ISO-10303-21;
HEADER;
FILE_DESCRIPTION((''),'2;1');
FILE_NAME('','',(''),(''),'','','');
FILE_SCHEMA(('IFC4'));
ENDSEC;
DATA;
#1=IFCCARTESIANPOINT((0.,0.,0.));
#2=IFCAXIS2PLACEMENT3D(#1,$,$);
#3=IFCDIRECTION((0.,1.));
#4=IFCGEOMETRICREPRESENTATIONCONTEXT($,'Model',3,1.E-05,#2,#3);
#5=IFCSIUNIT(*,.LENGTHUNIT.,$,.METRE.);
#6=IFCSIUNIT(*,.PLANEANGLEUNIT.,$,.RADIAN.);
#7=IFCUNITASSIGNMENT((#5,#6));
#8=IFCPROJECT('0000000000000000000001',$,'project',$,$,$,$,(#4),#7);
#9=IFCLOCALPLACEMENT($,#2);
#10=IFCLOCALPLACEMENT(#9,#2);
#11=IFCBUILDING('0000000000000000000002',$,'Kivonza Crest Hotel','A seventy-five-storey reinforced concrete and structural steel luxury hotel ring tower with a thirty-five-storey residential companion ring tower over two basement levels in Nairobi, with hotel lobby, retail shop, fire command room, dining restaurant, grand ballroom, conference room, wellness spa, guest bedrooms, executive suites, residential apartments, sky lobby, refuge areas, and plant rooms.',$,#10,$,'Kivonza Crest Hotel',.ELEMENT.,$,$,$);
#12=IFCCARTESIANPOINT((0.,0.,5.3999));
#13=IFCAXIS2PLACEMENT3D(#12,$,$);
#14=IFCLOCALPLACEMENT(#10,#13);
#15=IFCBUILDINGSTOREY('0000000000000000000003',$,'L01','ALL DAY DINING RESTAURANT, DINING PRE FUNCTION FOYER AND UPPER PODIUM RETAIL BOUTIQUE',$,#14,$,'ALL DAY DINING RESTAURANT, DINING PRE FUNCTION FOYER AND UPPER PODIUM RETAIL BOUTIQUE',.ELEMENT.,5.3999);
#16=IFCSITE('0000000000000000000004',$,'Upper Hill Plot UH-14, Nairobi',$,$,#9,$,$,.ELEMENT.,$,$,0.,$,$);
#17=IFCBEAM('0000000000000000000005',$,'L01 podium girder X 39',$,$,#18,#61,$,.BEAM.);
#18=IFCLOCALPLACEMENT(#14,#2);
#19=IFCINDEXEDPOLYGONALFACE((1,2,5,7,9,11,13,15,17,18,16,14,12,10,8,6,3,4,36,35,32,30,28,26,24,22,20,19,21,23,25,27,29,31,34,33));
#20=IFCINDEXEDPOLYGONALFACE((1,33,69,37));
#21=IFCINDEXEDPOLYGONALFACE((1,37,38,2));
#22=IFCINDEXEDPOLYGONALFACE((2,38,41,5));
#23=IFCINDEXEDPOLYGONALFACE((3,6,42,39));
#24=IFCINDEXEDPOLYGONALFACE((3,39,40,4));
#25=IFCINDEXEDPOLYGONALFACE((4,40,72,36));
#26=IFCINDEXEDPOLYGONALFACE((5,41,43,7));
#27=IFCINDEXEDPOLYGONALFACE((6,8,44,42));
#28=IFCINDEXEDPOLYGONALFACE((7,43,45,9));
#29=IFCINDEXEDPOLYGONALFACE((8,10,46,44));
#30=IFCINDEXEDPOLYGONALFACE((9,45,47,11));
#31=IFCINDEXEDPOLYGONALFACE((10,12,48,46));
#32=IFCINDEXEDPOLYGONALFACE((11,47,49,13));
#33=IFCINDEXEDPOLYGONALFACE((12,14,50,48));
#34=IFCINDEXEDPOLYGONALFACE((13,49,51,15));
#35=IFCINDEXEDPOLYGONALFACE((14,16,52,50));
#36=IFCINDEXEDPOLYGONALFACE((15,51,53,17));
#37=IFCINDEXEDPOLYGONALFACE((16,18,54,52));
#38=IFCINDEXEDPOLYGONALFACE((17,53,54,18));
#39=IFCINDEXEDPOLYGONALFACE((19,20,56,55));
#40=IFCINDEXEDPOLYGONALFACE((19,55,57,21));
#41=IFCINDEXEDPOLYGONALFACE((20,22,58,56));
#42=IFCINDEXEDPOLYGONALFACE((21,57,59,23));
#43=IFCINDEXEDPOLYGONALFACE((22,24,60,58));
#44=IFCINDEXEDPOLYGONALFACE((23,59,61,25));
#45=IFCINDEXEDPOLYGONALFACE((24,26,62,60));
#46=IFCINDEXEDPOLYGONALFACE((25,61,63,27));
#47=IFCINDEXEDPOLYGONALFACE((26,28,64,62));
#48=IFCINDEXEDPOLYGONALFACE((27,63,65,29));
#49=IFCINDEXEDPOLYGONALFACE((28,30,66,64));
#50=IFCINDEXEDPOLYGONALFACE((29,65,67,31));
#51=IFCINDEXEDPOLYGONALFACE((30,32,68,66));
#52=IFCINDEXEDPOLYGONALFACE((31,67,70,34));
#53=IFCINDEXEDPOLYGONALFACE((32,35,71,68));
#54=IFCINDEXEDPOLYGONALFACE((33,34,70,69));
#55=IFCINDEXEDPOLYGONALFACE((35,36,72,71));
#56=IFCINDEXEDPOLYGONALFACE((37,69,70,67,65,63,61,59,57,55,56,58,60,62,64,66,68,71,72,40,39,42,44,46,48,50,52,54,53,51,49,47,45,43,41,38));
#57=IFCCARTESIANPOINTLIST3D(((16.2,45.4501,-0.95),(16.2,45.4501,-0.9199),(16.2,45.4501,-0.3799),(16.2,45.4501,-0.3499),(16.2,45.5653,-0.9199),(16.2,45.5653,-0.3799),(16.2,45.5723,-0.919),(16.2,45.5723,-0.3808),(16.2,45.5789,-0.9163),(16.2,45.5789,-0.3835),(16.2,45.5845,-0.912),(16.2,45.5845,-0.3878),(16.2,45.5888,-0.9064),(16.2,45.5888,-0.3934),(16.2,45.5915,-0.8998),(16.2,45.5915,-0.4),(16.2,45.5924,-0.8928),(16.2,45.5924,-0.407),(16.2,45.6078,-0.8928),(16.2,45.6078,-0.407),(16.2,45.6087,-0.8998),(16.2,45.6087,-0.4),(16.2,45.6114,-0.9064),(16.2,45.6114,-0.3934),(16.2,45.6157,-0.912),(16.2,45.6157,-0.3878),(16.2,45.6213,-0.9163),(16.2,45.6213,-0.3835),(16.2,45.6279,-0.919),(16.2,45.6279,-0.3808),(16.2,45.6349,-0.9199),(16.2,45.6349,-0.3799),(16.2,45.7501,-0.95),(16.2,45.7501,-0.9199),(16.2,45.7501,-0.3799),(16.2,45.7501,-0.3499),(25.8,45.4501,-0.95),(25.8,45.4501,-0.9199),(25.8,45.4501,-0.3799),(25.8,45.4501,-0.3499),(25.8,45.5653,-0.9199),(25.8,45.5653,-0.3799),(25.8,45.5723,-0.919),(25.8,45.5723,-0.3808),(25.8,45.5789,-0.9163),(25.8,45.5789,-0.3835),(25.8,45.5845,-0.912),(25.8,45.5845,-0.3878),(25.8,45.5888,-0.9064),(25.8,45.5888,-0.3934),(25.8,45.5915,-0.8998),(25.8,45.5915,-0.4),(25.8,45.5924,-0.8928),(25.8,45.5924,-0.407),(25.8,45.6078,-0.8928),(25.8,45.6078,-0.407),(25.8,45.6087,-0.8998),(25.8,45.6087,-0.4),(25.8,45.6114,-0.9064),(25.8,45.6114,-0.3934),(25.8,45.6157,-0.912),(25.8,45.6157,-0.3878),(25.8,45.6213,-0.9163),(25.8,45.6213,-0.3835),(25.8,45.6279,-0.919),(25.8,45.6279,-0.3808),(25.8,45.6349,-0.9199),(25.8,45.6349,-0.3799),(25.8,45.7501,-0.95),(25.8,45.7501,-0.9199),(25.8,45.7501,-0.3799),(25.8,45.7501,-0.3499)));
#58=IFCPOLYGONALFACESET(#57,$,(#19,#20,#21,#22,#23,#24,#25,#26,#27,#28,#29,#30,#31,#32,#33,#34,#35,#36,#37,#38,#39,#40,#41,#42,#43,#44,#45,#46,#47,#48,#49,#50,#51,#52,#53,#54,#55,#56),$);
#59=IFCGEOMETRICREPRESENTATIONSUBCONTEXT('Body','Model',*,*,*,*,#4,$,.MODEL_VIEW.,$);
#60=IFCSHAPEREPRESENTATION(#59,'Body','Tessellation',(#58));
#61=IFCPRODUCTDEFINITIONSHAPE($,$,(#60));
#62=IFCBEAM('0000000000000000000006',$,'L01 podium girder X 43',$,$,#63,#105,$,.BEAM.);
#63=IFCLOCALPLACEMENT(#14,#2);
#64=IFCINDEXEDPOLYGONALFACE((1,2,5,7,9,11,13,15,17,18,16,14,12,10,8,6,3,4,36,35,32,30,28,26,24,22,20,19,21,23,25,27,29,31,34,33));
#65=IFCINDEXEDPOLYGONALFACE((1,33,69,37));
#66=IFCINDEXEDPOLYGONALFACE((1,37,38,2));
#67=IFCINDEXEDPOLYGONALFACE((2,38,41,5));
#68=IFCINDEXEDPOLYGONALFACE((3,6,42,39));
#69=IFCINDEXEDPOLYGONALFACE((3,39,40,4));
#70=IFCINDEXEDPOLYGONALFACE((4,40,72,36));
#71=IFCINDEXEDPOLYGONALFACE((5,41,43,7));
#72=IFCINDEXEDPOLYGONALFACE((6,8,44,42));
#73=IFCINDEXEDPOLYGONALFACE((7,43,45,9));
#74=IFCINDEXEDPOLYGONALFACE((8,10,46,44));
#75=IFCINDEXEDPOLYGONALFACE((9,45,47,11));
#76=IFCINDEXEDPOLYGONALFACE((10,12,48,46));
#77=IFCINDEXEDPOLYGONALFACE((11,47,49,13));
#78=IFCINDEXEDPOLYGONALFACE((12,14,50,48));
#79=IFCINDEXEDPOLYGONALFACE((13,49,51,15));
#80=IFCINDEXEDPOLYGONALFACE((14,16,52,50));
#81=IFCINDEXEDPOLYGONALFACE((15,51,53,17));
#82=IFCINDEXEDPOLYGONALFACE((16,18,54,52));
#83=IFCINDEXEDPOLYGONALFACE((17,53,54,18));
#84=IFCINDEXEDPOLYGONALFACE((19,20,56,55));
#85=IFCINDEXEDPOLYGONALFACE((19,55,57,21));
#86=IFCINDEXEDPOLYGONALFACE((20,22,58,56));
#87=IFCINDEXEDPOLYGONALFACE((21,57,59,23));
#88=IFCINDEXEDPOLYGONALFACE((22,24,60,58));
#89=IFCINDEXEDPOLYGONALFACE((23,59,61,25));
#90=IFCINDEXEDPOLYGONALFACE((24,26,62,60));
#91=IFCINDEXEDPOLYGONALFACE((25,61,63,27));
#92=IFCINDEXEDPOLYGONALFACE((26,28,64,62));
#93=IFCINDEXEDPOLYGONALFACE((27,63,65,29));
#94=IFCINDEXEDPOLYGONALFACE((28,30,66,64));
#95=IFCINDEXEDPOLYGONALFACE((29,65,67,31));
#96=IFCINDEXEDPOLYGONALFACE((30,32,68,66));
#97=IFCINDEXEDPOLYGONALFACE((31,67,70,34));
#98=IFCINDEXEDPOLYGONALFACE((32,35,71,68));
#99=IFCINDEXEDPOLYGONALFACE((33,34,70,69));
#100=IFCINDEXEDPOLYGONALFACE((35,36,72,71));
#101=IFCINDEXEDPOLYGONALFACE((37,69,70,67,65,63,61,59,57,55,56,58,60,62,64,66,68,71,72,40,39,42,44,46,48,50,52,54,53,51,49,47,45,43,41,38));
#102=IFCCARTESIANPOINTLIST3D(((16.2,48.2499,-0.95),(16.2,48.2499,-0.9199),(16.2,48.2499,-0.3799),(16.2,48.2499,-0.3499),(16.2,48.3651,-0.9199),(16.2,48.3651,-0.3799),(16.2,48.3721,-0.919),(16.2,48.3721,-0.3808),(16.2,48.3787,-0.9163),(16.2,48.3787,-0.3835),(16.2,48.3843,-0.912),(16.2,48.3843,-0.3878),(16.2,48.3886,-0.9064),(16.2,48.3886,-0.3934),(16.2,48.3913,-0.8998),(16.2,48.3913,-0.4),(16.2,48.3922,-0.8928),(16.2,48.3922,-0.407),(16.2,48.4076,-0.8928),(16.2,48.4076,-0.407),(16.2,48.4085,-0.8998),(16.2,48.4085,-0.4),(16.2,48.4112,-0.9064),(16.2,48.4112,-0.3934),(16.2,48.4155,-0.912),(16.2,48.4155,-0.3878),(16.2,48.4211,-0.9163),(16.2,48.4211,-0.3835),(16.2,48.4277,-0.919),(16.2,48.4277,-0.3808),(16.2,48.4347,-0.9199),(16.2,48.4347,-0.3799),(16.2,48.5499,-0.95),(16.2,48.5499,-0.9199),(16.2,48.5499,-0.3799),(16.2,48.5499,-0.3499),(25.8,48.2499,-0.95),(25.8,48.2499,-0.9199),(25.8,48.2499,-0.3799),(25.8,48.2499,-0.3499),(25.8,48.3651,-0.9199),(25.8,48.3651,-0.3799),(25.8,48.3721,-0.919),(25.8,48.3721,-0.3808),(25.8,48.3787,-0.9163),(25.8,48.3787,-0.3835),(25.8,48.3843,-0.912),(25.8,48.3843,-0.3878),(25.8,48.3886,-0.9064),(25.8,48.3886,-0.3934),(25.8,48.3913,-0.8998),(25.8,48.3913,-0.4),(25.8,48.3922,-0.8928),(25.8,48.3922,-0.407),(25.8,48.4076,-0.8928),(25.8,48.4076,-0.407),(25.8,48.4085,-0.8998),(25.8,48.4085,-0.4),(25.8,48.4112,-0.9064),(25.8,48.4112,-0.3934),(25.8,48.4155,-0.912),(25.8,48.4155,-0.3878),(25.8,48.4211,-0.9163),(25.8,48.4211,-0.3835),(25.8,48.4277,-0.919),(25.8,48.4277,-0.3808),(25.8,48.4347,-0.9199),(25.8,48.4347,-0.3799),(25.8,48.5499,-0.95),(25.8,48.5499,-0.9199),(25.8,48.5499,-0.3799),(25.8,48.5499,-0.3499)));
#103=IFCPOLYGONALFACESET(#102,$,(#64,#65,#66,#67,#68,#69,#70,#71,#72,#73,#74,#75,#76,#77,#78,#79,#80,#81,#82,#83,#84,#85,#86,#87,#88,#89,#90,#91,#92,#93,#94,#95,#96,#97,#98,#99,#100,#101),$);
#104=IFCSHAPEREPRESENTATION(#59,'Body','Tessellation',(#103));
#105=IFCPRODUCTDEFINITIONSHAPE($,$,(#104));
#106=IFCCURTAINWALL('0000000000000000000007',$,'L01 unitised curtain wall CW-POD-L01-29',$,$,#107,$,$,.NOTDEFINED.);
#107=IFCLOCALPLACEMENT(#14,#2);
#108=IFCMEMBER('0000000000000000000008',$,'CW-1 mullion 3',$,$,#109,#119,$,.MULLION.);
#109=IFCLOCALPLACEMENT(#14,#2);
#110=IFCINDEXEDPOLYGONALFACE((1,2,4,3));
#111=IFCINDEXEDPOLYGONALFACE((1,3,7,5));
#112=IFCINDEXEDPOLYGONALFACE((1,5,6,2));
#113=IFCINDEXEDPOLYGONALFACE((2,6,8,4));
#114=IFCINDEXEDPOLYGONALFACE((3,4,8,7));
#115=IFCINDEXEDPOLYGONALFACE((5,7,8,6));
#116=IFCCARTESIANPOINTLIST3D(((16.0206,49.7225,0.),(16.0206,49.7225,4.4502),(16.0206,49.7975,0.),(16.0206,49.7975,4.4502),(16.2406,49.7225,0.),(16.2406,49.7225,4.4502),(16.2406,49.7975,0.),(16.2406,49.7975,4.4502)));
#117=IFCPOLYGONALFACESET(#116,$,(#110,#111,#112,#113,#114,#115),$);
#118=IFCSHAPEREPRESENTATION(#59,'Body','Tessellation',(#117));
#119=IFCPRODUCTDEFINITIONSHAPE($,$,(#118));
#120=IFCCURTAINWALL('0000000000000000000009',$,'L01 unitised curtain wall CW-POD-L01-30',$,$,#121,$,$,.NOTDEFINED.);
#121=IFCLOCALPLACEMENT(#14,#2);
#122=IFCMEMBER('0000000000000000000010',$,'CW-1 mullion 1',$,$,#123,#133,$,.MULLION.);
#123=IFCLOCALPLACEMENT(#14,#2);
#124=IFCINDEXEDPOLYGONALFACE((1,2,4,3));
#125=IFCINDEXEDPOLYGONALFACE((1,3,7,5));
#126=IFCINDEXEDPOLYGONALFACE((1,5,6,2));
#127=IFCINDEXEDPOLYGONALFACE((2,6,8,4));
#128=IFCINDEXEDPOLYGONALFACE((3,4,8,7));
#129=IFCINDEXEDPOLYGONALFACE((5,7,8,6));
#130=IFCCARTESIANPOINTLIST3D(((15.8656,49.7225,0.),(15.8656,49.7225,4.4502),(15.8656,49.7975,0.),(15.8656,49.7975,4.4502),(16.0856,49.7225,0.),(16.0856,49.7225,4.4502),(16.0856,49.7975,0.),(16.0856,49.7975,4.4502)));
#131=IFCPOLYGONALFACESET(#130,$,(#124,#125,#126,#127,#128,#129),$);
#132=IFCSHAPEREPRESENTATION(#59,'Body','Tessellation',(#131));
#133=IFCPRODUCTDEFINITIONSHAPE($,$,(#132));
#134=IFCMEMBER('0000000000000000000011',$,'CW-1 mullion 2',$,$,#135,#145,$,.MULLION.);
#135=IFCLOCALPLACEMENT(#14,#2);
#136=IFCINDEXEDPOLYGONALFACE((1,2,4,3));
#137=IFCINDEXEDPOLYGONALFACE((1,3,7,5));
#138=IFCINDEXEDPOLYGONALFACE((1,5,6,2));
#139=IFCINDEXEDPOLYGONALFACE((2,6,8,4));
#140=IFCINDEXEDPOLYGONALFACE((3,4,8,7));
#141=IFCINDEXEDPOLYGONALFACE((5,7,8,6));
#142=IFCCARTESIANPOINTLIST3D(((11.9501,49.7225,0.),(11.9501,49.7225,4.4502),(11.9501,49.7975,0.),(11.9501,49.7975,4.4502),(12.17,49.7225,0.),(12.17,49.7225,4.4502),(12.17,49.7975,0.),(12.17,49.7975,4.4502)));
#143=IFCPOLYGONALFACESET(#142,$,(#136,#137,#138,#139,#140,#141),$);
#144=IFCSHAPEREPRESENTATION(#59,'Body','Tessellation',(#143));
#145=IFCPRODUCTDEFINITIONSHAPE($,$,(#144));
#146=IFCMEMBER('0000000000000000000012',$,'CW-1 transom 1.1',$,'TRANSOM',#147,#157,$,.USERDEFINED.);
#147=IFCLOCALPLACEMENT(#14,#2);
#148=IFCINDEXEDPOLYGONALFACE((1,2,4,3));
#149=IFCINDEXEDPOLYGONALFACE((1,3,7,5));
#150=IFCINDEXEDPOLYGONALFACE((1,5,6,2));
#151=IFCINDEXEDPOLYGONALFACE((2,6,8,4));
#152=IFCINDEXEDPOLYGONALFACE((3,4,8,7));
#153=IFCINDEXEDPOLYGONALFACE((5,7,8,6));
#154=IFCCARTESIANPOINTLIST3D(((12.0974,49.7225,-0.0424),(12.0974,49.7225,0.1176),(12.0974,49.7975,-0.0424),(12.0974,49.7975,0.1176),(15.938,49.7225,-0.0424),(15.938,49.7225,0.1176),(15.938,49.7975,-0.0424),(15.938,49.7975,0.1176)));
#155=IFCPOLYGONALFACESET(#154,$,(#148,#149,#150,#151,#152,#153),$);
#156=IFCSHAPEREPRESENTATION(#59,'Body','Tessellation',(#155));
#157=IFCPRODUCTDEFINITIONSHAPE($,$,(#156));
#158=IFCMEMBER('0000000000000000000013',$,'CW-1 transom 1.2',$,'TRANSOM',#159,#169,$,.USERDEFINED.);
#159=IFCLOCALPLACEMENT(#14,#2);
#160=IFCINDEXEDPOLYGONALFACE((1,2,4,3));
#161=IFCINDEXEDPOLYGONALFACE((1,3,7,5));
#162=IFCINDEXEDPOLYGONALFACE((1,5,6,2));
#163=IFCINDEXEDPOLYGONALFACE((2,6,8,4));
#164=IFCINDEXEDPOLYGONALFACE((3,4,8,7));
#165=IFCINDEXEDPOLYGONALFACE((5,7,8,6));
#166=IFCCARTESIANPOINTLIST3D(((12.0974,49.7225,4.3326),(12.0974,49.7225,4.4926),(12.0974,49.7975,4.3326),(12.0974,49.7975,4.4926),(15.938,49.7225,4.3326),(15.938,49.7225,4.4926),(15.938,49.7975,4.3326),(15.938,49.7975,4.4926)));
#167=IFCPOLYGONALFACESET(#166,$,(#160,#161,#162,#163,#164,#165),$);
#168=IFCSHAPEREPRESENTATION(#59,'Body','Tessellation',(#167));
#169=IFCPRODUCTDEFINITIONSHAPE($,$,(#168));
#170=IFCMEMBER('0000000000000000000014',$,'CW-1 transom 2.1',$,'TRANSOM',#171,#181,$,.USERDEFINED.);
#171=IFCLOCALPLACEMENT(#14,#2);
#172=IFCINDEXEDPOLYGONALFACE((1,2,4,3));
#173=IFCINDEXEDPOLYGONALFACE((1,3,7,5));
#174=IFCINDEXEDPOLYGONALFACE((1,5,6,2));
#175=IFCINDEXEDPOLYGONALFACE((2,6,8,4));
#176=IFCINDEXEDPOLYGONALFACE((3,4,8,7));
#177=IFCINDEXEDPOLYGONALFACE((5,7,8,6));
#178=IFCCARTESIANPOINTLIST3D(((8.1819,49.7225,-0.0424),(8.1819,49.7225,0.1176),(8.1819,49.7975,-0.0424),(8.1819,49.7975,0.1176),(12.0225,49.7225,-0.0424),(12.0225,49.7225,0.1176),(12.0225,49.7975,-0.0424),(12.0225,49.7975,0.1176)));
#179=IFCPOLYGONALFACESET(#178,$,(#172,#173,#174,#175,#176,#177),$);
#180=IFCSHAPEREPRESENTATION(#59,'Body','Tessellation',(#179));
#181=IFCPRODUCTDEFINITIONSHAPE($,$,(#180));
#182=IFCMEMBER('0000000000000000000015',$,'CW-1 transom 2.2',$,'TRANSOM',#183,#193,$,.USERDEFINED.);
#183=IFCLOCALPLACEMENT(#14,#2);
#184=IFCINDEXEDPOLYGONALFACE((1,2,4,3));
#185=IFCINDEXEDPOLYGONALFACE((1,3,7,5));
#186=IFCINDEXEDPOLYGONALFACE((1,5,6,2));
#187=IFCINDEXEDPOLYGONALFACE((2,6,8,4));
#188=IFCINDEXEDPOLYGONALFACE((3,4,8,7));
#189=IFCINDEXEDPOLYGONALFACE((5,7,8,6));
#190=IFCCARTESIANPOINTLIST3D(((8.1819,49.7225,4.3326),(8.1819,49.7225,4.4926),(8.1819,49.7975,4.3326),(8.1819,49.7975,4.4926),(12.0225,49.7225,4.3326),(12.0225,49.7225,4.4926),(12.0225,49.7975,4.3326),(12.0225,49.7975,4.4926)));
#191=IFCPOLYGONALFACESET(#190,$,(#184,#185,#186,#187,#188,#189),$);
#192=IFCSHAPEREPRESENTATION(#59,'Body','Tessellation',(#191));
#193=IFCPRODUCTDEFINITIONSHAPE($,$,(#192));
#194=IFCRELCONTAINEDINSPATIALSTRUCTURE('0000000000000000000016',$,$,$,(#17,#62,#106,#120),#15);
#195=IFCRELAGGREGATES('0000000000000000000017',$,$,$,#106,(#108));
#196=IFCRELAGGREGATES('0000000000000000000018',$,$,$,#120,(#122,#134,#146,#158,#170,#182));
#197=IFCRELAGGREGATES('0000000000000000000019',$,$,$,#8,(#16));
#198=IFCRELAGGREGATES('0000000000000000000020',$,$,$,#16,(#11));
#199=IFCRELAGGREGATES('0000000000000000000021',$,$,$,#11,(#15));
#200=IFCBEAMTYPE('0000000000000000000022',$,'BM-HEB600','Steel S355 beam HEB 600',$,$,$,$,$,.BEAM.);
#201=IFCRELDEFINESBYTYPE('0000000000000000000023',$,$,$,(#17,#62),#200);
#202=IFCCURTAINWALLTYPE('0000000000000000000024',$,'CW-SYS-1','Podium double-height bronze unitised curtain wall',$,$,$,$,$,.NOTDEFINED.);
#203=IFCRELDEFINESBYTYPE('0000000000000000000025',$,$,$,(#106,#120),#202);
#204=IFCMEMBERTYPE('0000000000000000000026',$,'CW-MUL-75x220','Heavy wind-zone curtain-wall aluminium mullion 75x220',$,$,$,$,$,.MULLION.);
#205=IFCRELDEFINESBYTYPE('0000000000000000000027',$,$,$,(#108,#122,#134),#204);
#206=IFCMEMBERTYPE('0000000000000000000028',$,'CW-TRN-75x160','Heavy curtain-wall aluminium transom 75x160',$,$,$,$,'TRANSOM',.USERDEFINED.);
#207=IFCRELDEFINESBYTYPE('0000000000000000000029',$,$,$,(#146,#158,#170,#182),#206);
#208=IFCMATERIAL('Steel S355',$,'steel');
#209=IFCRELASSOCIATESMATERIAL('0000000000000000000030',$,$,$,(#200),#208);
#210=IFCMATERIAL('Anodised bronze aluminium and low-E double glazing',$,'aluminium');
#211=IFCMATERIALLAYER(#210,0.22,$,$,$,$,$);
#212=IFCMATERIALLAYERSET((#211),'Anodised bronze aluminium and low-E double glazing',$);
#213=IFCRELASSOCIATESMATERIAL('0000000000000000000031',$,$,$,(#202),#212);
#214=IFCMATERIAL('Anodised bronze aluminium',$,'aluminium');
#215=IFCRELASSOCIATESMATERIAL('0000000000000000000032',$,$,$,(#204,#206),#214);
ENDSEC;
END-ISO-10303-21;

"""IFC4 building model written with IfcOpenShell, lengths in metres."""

from ifc_helpers import new_model, si_unit, direction, frame, origin, origin_2d, place, context, subcontext, project, spatial, rectangle, i_section, extrude, material, layer, layer_set, material_profile, profile_set, type_object, element, aggregate, save


model = new_model("IFC4")

# Units and contexts
model_context = context("Model", 3, precision=1e-05, world=origin(), true_north=direction((0.0, 1.0)))
body_context = subcontext(model_context, "Body", "Model", "MODEL_VIEW")
ifc_project = project(units=[si_unit("LENGTHUNIT", "METRE"), si_unit("PLANEANGLEUNIT", "RADIAN")], contexts=[model_context])

# Site, building, storey
site_placement = place(None, origin())
site = spatial("IfcSite", under=ifc_project, at=site_placement, Name="Upper Hill Plot UH-14, Nairobi", CompositionType="ELEMENT", RefElevation=0.0)
building_placement = place(site_placement, origin())
building = spatial("IfcBuilding", under=site, at=building_placement, Name="Kivonza Crest Hotel", Description="A seventy-five-storey reinforced concrete and structural steel luxury hotel ring tower with a thirty-five-storey residential companion ring tower over two basement levels in Nairobi, with hotel lobby, retail shop, fire command room, dining restaurant, grand ballroom, conference room, wellness spa, guest bedrooms, executive suites, residential apartments, sky lobby, refuge areas, and plant rooms.", LongName="Kivonza Crest Hotel", CompositionType="ELEMENT")
storey_placement = place(building_placement, frame((0.0, 0.0, 5.3999)))
storey = spatial("IfcBuildingStorey", under=building, at=storey_placement, Name="L01", Description="ALL DAY DINING RESTAURANT, DINING PRE FUNCTION FOYER AND UPPER PODIUM RETAIL BOUTIQUE", LongName="ALL DAY DINING RESTAURANT, DINING PRE FUNCTION FOYER AND UPPER PODIUM RETAIL BOUTIQUE", CompositionType="ELEMENT", Elevation=5.3999)

# Beams
ifc_material_1 = material(Name="Steel S355", Category="steel")
ifc_material_profile_1 = material_profile(ifc_material_1, i_section(OverallWidth=0.3, OverallDepth=0.6001, WebThickness=0.0154, FlangeThickness=0.03, FilletRadius=0.0271, at=origin_2d()), Name="HEB 600")
ifc_profile_set_1 = profile_set([ifc_material_profile_1], Name="Steel S355")
beam_type_1 = type_object("IfcBeamType", Name="BM-HEB600", Description="Steel S355 beam HEB 600", PredefinedType="BEAM", material=ifc_profile_set_1)
for number, where, z_axis, x_axis, name in (
    (1, (16.2, 45.6001, -0.6499), (1.0, 0.0, 0.0), (0.0, 1.0, 0.0), "L01 podium girder X 39"),
    (2, (16.2, 48.3999, -0.6499), (1.0, 0.0, 0.0), (0.0, 1.0, 0.0), "L01 podium girder X 43"),
):
    element("IfcBeam", number, at=place(storey_placement, frame(where, z_axis=z_axis, x_axis=x_axis)), inside=storey, type_object=beam_type_1, Name=name, PredefinedType="BEAM", context=body_context, shape_type="SweptSolid", body=[
        extrude(i_section(OverallWidth=0.3, OverallDepth=0.6001, WebThickness=0.0154, FlangeThickness=0.03, FilletRadius=0.0271, at=origin_2d()), origin(), (0.0, 0.0, 1.0), 9.6001),
    ])

# Curtain wall, member
ifc_material_2 = material(Name="Anodised bronze aluminium and low-E double glazing", Category="aluminium")
ifc_layer_1 = layer(ifc_material_2, 0.22)
ifc_layer_set_1 = layer_set([ifc_layer_1], Name="Anodised bronze aluminium and low-E double glazing")
curtain_wall_type = type_object("IfcCurtainWallType", Name="CW-SYS-1", Description="Podium double-height bronze unitised curtain wall", PredefinedType="NOTDEFINED", material=ifc_layer_set_1)
curtain_wall_1_placement = place(storey_placement, origin())
curtain_wall_1 = element("IfcCurtainWall", 3, at=curtain_wall_1_placement, inside=storey, type_object=curtain_wall_type, Name="L01 unitised curtain wall CW-POD-L01-29", PredefinedType="NOTDEFINED")
ifc_material_3 = material(Name="Anodised bronze aluminium", Category="aluminium")
ifc_material_profile_2 = material_profile(ifc_material_3, rectangle(XDim=0.075, YDim=0.22, at=origin_2d()), Name="CW-M 75x220")
ifc_profile_set_2 = profile_set([ifc_material_profile_2], Name="Anodised bronze aluminium")
member_type_1 = type_object("IfcMemberType", Name="CW-MUL-75x220", Description="Heavy wind-zone curtain-wall aluminium mullion 75x220", PredefinedType="MULLION", material=ifc_profile_set_2)
member_1_placement = place(storey_placement, frame((16.1306, 49.76, 0.0), z_axis=(0.0, 0.0, 1.0), x_axis=(0.0, -1.0, 0.0)))
member_1 = element("IfcMember", 4, at=member_1_placement, type_object=member_type_1, Name="CW-1 mullion 3", PredefinedType="MULLION", context=body_context, shape_type="SweptSolid", body=[
    extrude(rectangle(XDim=0.075, YDim=0.22, at=origin_2d()), origin(), (0.0, 0.0, 1.0), 4.4502),
])

# Curtain wall, members
curtain_wall_2_placement = place(storey_placement, origin())
curtain_wall_2 = element("IfcCurtainWall", 5, at=curtain_wall_2_placement, inside=storey, type_object=curtain_wall_type, Name="L01 unitised curtain wall CW-POD-L01-30", PredefinedType="NOTDEFINED")
member_2_placement = place(storey_placement, frame((15.9756, 49.76, 0.0), z_axis=(0.0, 0.0, 1.0), x_axis=(0.0, -1.0, 0.0)))
member_2 = element("IfcMember", 6, at=member_2_placement, type_object=member_type_1, Name="CW-1 mullion 1", PredefinedType="MULLION", context=body_context, shape_type="SweptSolid", body=[
    extrude(rectangle(XDim=0.075, YDim=0.22, at=origin_2d()), origin(), (0.0, 0.0, 1.0), 4.4502),
])
member_3_placement = place(storey_placement, frame((12.0601, 49.76, 0.0), z_axis=(0.0, 0.0, 1.0), x_axis=(0.0, -1.0, 0.0)))
member_3 = element("IfcMember", 7, at=member_3_placement, type_object=member_type_1, Name="CW-1 mullion 2", PredefinedType="MULLION", context=body_context, shape_type="SweptSolid", body=[
    extrude(rectangle(XDim=0.075, YDim=0.22, at=origin_2d()), origin(), (0.0, 0.0, 1.0), 4.4502),
])
ifc_material_profile_3 = material_profile(ifc_material_3, rectangle(XDim=0.075, YDim=0.1599, at=origin_2d()), Name="CW-T 75x160")
ifc_profile_set_3 = profile_set([ifc_material_profile_3], Name="Anodised bronze aluminium")
member_type_2 = type_object("IfcMemberType", Name="CW-TRN-75x160", Description="Heavy curtain-wall aluminium transom 75x160", ElementType="TRANSOM", PredefinedType="USERDEFINED", material=ifc_profile_set_3)
member_4_placement = place(storey_placement, frame((15.938, 49.76, 0.0376), z_axis=(-1.0, 0.0, 0.0), x_axis=(0.0, -1.0, 0.0)))
member_4 = element("IfcMember", 8, at=member_4_placement, type_object=member_type_2, Name="CW-1 transom 1.1", ObjectType="TRANSOM", PredefinedType="USERDEFINED", context=body_context, shape_type="SweptSolid", body=[
    extrude(rectangle(XDim=0.075, YDim=0.1599, at=origin_2d()), origin(), (0.0, 0.0, 1.0), 3.8406),
])
member_5_placement = place(storey_placement, frame((15.938, 49.76, 4.4126), z_axis=(-1.0, 0.0, 0.0), x_axis=(0.0, -1.0, 0.0)))
member_5 = element("IfcMember", 9, at=member_5_placement, type_object=member_type_2, Name="CW-1 transom 1.2", ObjectType="TRANSOM", PredefinedType="USERDEFINED", context=body_context, shape_type="SweptSolid", body=[
    extrude(rectangle(XDim=0.075, YDim=0.1599, at=origin_2d()), origin(), (0.0, 0.0, 1.0), 3.8406),
])
member_6_placement = place(storey_placement, frame((12.0225, 49.76, 0.0376), z_axis=(-1.0, 0.0, 0.0), x_axis=(0.0, -1.0, 0.0)))
member_6 = element("IfcMember", 10, at=member_6_placement, type_object=member_type_2, Name="CW-1 transom 2.1", ObjectType="TRANSOM", PredefinedType="USERDEFINED", context=body_context, shape_type="SweptSolid", body=[
    extrude(rectangle(XDim=0.075, YDim=0.1599, at=origin_2d()), origin(), (0.0, 0.0, 1.0), 3.8406),
])
member_7_placement = place(storey_placement, frame((12.0225, 49.76, 4.4126), z_axis=(-1.0, 0.0, 0.0), x_axis=(0.0, -1.0, 0.0)))
member_7 = element("IfcMember", 11, at=member_7_placement, type_object=member_type_2, Name="CW-1 transom 2.2", ObjectType="TRANSOM", PredefinedType="USERDEFINED", context=body_context, shape_type="SweptSolid", body=[
    extrude(rectangle(XDim=0.075, YDim=0.1599, at=origin_2d()), origin(), (0.0, 0.0, 1.0), 3.8406),
])

aggregate(curtain_wall_1, [member_1])
aggregate(curtain_wall_2, [member_2, member_3, member_4, member_5, member_6, member_7])

save(model, "model.ifc")
